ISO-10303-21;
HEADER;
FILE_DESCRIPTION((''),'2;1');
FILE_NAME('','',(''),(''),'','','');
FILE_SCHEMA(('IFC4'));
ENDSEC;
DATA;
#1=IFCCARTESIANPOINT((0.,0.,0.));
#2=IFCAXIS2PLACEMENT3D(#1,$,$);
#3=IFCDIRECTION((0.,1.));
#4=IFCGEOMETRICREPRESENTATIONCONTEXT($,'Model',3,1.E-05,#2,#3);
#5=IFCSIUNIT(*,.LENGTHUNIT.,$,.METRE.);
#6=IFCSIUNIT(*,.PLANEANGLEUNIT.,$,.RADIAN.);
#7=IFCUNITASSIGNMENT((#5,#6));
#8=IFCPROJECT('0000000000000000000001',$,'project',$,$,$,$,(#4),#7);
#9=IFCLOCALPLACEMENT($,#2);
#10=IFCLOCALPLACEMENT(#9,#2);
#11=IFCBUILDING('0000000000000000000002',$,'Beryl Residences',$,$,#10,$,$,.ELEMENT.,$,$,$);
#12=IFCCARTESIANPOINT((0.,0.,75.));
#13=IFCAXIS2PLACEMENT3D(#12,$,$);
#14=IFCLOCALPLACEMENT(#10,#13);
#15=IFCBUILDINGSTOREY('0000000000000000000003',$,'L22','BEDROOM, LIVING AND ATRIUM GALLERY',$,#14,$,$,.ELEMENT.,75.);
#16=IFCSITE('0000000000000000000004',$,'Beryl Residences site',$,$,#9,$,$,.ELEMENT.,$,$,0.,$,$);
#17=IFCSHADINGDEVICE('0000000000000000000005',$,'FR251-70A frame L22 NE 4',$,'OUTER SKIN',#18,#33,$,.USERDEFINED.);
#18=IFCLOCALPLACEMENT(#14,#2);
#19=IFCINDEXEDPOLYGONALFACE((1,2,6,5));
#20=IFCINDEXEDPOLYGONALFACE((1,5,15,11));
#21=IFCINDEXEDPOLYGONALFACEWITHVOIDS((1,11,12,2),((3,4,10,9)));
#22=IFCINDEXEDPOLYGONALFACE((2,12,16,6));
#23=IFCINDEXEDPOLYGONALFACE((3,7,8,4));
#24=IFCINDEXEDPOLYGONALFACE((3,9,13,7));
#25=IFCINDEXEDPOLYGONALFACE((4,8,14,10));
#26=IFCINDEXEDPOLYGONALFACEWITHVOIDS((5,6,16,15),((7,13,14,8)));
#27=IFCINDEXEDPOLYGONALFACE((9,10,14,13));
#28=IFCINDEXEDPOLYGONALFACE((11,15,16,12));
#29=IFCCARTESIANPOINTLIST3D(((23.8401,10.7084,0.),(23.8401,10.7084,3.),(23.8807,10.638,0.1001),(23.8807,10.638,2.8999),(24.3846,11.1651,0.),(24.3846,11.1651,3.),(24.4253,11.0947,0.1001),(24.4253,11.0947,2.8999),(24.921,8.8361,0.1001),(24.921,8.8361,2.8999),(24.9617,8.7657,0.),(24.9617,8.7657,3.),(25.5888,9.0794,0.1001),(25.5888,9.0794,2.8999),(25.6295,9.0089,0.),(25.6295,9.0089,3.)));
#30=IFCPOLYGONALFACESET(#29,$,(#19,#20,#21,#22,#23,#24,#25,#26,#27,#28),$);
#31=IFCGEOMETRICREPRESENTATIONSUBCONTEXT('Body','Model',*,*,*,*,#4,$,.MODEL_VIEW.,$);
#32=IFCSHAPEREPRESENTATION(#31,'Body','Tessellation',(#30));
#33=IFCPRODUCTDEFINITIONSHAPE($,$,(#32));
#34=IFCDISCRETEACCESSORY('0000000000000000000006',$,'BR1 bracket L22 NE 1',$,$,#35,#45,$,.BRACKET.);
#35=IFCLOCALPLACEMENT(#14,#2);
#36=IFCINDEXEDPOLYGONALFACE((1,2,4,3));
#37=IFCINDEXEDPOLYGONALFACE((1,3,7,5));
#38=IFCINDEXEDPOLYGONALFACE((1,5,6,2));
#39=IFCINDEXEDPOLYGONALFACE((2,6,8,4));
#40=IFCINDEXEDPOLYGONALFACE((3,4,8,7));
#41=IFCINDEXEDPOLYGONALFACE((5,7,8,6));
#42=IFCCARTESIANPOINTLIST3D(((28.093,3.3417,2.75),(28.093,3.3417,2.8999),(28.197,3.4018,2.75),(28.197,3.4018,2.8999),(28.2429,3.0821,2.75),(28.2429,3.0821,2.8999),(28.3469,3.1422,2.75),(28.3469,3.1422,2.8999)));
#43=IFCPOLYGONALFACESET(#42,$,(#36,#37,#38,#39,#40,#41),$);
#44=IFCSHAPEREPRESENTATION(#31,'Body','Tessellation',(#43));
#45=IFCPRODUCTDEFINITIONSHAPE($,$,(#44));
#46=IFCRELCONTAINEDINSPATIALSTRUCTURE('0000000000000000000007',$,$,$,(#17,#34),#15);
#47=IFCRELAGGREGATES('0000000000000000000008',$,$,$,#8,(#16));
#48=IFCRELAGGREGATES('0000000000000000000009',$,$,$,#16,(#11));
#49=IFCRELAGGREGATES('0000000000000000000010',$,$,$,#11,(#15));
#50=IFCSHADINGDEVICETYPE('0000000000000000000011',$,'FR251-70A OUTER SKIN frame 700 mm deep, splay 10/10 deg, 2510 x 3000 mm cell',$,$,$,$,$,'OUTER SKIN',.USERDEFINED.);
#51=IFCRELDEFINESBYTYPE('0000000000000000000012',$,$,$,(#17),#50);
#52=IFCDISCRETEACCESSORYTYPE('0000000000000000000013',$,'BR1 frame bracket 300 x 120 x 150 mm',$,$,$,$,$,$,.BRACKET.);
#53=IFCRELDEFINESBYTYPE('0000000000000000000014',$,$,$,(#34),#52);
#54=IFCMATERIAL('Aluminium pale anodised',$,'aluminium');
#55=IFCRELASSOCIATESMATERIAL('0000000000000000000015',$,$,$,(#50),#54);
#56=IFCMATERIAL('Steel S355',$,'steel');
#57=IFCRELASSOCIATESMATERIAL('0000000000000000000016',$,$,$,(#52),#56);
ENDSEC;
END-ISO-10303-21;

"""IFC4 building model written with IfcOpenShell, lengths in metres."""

from ifc_helpers import new_model, entity, si_unit, direction, frame, origin, place, context, subcontext, project, spatial, polyline, outline, extrude, source, transform, mapped, material, type_object, type_shapes, element, save


model = new_model("IFC4")

# Units and contexts
model_context = context("Model", 3, precision=1e-05, world=origin(), true_north=direction((0.0, 1.0)))
body_context = subcontext(model_context, "Body", "Model", "MODEL_VIEW")
ifc_project = project(units=[si_unit("LENGTHUNIT", "METRE"), si_unit("PLANEANGLEUNIT", "RADIAN")], contexts=[model_context])

# Site, building, storey
site_placement = place(None, origin())
site = spatial("IfcSite", under=ifc_project, at=site_placement, Name="Beryl Residences site", CompositionType="ELEMENT", RefElevation=0.0)
building_placement = place(site_placement, origin())
building = spatial("IfcBuilding", under=site, at=building_placement, Name="Beryl Residences", CompositionType="ELEMENT")
storey_placement = place(building_placement, frame((0.0, 0.0, 75.0)))
storey = spatial("IfcBuildingStorey", under=building, at=storey_placement, Name="L22", Description="BEDROOM, LIVING AND ATRIUM GALLERY", CompositionType="ELEMENT", Elevation=75.0)

# Shading device
ifc_material_1 = material(Name="Aluminium pale anodised", Category="aluminium")
shading_device_type_1 = type_object("IfcShadingDeviceType", Name="FR251-70A OUTER SKIN frame 700 mm deep, splay 10/10 deg, 2510 x 3000 mm cell", ElementType="OUTER SKIN", PredefinedType="USERDEFINED", material=ifc_material_1)
cartesian_point_1 = entity("IfcCartesianPoint", [-1.1216, 0.0])
cartesian_point_2 = entity("IfcCartesianPoint", [-1.0403, 0.1001])
cartesian_point_3 = entity("IfcCartesianPoint", [-1.2449, 0.0])
cartesian_point_4 = entity("IfcCartesianPoint", [-1.1636, 0.1001])
shared_shape_1 = source(origin(), body_context, "Body", "SweptSolid", [
    entity("IfcExtrudedAreaSolidTapered", entity("IfcArbitraryProfileDefWithVoids", "AREA", None, entity("IfcPolyline", [cartesian_point_1, entity("IfcCartesianPoint", [1.1216, 0.0]), entity("IfcCartesianPoint", [1.1216, 3.0]), entity("IfcCartesianPoint", [-1.1216, 3.0]), cartesian_point_1]), [entity("IfcPolyline", [cartesian_point_2, entity("IfcCartesianPoint", [1.0403, 0.1001]), entity("IfcCartesianPoint", [1.0403, 2.8999]), entity("IfcCartesianPoint", [-1.0403, 2.8999]), cartesian_point_2])]), entity("IfcAxis2Placement3D", entity("IfcCartesianPoint", [0.0, 0.0, 0.0]), entity("IfcDirection", [0.0, 1.0, 0.0]), entity("IfcDirection", [-1.0, 0.0, 0.0])), entity("IfcDirection", [0.0, 0.0, 1.0]), 0.7, entity("IfcArbitraryProfileDefWithVoids", "AREA", None, entity("IfcPolyline", [cartesian_point_3, entity("IfcCartesianPoint", [1.2449, 0.0]), entity("IfcCartesianPoint", [1.2449, 3.0]), entity("IfcCartesianPoint", [-1.2449, 3.0]), cartesian_point_3]), [entity("IfcPolyline", [cartesian_point_4, entity("IfcCartesianPoint", [1.1636, 0.1001]), entity("IfcCartesianPoint", [1.1636, 2.8999]), entity("IfcCartesianPoint", [-1.1636, 2.8999]), cartesian_point_4])])),
])
type_shapes(shading_device_type_1, [shared_shape_1])
for number, where, z_axis, x_axis, name in (
    (1, (24.4009, 9.7371, 0.0), (0.0, 0.0, 1.0), (0.5, -0.866025, 0.0), "FR251-70A frame L22 NE 4"),
):
    element("IfcShadingDevice", number, at=place(storey_placement, frame(where, z_axis=z_axis, x_axis=x_axis)), inside=storey, type_object=shading_device_type_1, Name=name, ObjectType="OUTER SKIN", PredefinedType="USERDEFINED", context=body_context, shape_type="MappedRepresentation", body=[
        mapped(shared_shape_1, transform((0.0, 0.0, 0.0))),
    ])

# Discrete accessory
ifc_material_2 = material(Name="Steel S355", Category="steel")
discrete_accessory_type = type_object("IfcDiscreteAccessoryType", Name="BR1 frame bracket 300 x 120 x 150 mm", PredefinedType="BRACKET", material=ifc_material_2)
shared_shape_2 = source(origin(), body_context, "Body", "SweptSolid", [
    extrude(outline(polyline([(-0.1499, 0.0), (0.1499, 0.0), (0.1499, 0.1201), (-0.1499, 0.1201), (-0.1499, 0.0)])), origin(), (0.0, 0.0, 1.0), 0.1499),
])
type_shapes(discrete_accessory_type, [shared_shape_2])
discrete_accessory_placement = place(storey_placement, frame((28.168, 3.2119, 2.75), z_axis=(0.0, 0.0, 1.0), x_axis=(0.5, -0.866025, 0.0)))
element("IfcDiscreteAccessory", 2, at=discrete_accessory_placement, inside=storey, type_object=discrete_accessory_type, Name="BR1 bracket L22 NE 1", PredefinedType="BRACKET", context=body_context, shape_type="MappedRepresentation", body=[
    mapped(shared_shape_2, transform((0.0, 0.0, 0.0))),
])

save(model, "model.ifc")
